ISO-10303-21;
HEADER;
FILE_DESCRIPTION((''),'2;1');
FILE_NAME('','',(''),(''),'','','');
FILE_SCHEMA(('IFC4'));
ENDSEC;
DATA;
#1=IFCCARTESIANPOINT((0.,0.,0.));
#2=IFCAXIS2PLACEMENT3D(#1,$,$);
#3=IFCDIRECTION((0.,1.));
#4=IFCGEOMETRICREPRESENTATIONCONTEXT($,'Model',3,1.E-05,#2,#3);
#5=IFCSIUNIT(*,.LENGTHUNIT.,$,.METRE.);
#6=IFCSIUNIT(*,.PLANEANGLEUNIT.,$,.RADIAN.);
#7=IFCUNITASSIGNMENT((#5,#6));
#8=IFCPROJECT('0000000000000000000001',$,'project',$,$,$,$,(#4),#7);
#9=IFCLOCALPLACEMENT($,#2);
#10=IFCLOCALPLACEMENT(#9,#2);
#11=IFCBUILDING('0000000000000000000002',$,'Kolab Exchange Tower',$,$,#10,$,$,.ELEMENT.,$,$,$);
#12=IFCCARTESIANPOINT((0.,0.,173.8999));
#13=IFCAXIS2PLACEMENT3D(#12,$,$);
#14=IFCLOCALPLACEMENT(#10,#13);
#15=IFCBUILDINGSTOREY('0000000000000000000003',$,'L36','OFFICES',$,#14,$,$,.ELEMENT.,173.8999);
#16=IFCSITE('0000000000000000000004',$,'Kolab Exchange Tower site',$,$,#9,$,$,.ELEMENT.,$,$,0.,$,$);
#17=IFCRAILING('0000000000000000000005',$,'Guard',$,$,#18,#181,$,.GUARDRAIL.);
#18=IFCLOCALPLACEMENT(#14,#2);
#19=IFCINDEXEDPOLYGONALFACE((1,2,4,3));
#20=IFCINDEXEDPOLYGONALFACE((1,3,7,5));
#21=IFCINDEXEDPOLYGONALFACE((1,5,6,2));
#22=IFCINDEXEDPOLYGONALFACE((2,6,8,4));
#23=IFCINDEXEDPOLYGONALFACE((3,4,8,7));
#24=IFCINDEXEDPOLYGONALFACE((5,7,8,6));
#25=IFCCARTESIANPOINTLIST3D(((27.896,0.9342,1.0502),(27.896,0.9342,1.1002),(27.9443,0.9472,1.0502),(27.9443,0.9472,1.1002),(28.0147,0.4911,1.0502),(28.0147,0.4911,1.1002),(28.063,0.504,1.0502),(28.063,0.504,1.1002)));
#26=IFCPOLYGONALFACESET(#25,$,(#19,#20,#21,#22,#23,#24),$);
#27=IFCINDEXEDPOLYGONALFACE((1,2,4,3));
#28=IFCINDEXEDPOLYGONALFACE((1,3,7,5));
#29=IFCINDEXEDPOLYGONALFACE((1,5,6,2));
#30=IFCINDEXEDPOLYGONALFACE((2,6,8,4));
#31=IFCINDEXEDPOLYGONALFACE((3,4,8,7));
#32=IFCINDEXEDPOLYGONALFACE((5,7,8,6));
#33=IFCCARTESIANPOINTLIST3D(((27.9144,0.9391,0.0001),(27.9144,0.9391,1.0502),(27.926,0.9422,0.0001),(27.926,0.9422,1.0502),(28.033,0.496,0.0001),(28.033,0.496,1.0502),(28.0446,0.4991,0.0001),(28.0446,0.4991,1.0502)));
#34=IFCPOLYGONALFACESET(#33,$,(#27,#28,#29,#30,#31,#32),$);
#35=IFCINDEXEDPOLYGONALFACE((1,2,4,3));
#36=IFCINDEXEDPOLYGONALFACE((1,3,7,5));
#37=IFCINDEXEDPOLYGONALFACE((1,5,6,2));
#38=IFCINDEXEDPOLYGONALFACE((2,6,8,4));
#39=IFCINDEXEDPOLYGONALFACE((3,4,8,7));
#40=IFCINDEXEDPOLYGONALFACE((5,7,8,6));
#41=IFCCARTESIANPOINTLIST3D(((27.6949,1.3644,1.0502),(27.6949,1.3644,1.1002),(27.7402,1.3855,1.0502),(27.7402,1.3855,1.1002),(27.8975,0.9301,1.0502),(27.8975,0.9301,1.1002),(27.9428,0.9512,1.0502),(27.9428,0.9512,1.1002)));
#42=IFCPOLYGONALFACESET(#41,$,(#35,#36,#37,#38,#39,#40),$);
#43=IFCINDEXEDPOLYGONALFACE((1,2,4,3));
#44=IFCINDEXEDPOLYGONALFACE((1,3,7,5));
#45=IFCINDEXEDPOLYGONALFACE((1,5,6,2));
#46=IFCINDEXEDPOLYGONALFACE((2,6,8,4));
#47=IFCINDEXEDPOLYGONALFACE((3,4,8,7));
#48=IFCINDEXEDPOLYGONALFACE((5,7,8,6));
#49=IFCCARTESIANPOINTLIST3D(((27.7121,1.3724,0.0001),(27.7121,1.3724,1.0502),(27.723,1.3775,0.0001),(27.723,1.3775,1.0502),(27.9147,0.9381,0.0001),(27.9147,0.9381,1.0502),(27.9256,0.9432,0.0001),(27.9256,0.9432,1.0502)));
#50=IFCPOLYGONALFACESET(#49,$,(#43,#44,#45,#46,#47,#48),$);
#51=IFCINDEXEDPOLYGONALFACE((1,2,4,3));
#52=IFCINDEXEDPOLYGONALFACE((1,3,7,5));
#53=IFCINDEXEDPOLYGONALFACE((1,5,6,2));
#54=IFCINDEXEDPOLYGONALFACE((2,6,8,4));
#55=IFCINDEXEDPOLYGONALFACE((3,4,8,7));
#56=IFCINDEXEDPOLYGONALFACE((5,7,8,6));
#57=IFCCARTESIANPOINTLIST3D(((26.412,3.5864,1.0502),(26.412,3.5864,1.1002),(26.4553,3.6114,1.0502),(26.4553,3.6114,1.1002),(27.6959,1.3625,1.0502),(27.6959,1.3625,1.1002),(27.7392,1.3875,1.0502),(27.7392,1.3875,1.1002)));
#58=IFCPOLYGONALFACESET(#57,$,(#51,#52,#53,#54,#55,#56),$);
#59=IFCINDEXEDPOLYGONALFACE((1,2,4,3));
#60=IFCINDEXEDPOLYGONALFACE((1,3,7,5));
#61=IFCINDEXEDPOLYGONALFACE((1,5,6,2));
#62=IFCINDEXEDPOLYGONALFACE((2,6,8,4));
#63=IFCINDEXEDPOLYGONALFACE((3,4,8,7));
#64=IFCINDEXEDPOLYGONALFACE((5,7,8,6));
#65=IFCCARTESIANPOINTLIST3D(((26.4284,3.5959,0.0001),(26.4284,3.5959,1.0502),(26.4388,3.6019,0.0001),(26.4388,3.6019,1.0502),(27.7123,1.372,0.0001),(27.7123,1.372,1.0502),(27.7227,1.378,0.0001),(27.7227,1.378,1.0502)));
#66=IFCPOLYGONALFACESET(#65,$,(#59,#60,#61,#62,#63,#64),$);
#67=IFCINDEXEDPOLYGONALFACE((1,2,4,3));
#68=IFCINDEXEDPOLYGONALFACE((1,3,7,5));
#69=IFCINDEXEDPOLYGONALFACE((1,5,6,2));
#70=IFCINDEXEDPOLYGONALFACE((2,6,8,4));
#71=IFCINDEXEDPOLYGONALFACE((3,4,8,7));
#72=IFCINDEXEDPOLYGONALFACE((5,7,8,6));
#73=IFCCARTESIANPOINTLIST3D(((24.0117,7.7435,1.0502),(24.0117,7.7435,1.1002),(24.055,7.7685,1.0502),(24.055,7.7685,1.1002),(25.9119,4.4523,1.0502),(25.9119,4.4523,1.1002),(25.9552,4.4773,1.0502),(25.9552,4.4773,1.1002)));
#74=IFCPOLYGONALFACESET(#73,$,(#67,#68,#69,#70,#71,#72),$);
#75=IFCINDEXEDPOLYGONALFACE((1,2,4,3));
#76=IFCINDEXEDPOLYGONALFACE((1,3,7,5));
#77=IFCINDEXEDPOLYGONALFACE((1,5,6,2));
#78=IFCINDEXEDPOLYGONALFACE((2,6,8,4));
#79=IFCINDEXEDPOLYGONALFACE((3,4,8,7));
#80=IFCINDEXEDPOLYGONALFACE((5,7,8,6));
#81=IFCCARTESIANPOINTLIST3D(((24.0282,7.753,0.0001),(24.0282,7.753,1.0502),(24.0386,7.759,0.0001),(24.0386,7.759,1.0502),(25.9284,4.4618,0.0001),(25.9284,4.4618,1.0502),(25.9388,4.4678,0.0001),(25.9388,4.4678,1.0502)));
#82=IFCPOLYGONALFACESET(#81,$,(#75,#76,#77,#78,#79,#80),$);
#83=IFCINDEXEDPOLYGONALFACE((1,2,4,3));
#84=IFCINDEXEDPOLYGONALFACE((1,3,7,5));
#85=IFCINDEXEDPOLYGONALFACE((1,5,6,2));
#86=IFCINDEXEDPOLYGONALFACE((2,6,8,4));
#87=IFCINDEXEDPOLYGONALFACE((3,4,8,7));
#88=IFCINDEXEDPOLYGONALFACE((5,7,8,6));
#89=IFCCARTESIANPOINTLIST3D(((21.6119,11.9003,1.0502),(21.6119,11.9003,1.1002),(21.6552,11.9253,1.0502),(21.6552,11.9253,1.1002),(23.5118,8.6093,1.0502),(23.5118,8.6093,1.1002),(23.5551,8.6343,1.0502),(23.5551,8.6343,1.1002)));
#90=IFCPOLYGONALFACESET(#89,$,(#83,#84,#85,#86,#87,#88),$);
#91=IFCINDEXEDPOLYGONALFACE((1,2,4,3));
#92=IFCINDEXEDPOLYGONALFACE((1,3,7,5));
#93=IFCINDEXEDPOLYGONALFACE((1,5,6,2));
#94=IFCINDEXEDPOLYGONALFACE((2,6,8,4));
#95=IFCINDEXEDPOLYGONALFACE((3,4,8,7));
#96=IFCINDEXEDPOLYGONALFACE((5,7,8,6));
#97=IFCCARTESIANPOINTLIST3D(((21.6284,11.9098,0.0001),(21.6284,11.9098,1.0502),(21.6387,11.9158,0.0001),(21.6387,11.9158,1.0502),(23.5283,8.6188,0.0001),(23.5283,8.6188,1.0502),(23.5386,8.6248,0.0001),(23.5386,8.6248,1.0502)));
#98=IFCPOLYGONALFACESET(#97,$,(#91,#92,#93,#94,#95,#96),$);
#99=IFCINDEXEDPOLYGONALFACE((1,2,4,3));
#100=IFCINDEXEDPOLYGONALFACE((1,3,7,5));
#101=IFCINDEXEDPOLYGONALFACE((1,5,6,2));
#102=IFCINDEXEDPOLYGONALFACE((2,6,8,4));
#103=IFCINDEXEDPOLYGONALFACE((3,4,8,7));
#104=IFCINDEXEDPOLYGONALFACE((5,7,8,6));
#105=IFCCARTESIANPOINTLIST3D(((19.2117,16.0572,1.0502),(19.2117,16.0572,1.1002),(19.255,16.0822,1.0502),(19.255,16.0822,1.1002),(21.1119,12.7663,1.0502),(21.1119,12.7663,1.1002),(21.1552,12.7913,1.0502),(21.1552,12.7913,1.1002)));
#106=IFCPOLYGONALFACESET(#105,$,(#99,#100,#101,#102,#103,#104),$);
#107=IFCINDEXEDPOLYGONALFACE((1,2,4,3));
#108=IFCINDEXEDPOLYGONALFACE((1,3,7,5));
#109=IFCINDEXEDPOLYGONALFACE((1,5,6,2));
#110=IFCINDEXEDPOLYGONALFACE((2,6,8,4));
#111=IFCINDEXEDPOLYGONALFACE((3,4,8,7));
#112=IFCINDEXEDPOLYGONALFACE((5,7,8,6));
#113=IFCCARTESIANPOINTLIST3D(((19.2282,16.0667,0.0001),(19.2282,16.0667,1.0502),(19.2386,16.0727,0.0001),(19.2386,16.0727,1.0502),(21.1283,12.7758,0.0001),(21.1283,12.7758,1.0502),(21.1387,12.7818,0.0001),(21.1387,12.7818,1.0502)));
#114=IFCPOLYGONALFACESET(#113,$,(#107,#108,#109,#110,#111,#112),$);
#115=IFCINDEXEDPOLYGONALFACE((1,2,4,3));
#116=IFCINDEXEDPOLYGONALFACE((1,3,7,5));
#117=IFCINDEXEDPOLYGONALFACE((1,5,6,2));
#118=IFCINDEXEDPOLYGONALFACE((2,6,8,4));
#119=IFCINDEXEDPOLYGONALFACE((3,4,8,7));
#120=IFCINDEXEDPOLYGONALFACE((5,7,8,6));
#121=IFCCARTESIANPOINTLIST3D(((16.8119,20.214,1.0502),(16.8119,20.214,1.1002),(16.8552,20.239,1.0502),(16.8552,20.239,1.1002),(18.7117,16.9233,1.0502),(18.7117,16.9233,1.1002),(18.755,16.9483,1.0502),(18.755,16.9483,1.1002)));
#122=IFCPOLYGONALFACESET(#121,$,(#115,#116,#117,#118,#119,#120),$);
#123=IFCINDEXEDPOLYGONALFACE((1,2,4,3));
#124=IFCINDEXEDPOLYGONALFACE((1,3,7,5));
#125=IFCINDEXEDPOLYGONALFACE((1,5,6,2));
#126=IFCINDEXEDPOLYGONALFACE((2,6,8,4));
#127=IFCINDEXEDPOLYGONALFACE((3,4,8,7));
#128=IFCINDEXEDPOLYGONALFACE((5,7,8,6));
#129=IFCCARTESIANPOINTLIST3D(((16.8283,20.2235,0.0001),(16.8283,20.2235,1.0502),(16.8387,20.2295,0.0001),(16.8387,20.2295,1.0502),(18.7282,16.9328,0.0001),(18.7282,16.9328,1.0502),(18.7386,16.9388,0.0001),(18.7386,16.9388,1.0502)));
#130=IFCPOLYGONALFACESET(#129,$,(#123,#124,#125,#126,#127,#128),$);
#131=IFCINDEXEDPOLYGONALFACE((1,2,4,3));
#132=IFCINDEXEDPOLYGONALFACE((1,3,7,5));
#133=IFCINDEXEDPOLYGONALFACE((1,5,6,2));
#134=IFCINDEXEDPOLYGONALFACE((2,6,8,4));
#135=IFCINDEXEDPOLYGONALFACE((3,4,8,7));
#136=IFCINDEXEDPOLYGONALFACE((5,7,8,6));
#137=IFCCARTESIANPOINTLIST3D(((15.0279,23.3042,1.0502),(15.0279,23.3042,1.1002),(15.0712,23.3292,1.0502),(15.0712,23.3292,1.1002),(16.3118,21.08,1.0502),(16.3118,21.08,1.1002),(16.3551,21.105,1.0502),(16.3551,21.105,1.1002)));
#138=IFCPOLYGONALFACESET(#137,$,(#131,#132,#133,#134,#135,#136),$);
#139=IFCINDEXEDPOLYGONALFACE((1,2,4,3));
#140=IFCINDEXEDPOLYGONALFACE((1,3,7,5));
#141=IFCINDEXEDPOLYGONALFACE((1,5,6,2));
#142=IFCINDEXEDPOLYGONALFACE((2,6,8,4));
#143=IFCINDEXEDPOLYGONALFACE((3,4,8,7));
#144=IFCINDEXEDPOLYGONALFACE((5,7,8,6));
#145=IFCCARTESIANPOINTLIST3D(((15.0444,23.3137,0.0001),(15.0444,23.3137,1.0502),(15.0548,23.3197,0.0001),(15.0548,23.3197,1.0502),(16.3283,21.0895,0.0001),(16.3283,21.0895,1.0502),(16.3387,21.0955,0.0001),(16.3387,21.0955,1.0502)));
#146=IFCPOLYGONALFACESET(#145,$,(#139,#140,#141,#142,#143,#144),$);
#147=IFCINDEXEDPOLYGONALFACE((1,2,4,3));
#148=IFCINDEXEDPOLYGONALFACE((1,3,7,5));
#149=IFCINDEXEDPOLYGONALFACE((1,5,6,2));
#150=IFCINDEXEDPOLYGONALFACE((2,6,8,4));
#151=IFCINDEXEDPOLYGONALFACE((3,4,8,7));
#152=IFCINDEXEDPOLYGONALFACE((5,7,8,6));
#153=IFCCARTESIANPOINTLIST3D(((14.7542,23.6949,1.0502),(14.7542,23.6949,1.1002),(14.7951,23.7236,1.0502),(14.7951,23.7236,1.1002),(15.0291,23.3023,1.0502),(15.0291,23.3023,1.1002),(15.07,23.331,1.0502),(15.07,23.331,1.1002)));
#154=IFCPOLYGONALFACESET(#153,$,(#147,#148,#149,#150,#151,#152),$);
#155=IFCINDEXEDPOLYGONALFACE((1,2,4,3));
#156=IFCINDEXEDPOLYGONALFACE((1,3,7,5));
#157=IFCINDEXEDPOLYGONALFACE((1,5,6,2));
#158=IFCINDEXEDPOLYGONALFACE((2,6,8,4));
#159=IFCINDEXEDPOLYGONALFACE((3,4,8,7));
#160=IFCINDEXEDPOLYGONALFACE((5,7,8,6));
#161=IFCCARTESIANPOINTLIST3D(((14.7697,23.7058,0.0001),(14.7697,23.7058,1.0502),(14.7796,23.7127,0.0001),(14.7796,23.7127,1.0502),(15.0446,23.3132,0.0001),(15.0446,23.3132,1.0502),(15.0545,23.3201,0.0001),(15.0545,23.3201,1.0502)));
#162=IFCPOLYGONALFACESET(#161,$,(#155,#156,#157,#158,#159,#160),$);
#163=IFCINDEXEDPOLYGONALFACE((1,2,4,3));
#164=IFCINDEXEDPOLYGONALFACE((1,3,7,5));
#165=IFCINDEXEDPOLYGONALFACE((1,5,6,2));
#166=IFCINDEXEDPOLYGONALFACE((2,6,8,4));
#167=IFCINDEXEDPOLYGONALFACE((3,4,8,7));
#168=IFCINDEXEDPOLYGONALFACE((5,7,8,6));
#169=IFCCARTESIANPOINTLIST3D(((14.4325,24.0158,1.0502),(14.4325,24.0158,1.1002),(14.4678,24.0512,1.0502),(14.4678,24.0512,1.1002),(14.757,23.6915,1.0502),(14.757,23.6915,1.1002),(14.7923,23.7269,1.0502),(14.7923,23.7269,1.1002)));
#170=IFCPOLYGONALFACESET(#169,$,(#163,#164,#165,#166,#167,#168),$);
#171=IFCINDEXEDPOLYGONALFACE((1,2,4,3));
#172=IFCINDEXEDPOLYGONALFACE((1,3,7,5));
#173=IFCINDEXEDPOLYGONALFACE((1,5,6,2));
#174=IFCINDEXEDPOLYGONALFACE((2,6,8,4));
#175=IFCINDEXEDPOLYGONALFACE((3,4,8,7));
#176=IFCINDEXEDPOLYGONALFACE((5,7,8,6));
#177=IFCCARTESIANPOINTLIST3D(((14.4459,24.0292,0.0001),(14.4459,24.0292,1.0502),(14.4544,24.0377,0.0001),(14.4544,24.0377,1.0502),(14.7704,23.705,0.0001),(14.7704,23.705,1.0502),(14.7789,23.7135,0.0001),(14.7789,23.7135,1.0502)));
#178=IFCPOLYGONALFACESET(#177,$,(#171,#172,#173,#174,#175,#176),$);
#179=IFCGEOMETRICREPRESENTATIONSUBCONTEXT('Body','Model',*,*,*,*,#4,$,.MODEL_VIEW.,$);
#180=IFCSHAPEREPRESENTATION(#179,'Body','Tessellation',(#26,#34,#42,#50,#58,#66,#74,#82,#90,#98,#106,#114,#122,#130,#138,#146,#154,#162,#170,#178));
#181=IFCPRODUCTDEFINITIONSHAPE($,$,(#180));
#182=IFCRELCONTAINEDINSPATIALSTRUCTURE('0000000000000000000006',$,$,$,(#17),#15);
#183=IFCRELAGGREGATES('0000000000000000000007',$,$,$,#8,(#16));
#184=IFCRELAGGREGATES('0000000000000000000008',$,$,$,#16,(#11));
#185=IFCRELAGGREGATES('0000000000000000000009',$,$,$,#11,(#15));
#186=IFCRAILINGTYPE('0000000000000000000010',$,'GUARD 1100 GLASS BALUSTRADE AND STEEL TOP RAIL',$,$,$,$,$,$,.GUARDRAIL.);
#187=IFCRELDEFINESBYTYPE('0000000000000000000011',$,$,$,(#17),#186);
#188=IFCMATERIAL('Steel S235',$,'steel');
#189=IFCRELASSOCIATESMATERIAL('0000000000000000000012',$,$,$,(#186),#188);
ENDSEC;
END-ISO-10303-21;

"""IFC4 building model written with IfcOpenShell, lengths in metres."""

from ifc_helpers import new_model, si_unit, direction, frame, frame_2d, origin, origin_2d, place, context, subcontext, project, spatial, rectangle, extrude, material, type_object, element, save


model = new_model("IFC4")

# Units and contexts
model_context = context("Model", 3, precision=1e-05, world=origin(), true_north=direction((0.0, 1.0)))
body_context = subcontext(model_context, "Body", "Model", "MODEL_VIEW")
ifc_project = project(units=[si_unit("LENGTHUNIT", "METRE"), si_unit("PLANEANGLEUNIT", "RADIAN")], contexts=[model_context])

# Site, building, storey
site_placement = place(None, origin())
site = spatial("IfcSite", under=ifc_project, at=site_placement, Name="Kolab Exchange Tower site", CompositionType="ELEMENT", RefElevation=0.0)
building_placement = place(site_placement, origin())
building = spatial("IfcBuilding", under=site, at=building_placement, Name="Kolab Exchange Tower", CompositionType="ELEMENT")
storey_placement = place(building_placement, frame((0.0, 0.0, 173.8999)))
storey = spatial("IfcBuildingStorey", under=building, at=storey_placement, Name="L36", Description="OFFICES", CompositionType="ELEMENT", Elevation=173.8999)

# Railing
ifc_material_1 = material(Name="Steel S235", Category="steel")
railing_type = type_object("IfcRailingType", Name="GUARD 1100 GLASS BALUSTRADE AND STEEL TOP RAIL", PredefinedType="GUARDRAIL", material=ifc_material_1)
railing_placement = place(storey_placement, frame((28.0388, 0.4976, 0.0)))
element("IfcRailing", 1, at=railing_placement, inside=storey, type_object=railing_type, Name="Guard", PredefinedType="GUARDRAIL", context=body_context, shape_type="SweptSolid", body=[
    extrude(rectangle(XDim=0.05, YDim=0.05, at=origin_2d()), frame((0.0, 0.0, 1.0752), z_axis=(-0.258656, 0.965969, 0.0), x_axis=(-0.965969, -0.258656, 0.0)), (0.0, 0.0, 1.0), 0.4587),
    extrude(rectangle(XDim=0.012, YDim=1.0501, at=frame_2d((0.0, 0.5251))), frame((0.0, 0.0, 0.0), z_axis=(-0.258656, 0.965969, 0.0), x_axis=(-0.965969, -0.258656, 0.0)), (0.0, 0.0, 1.0), 0.4587),
    extrude(rectangle(XDim=0.05, YDim=0.05, at=origin_2d()), frame((-0.1187, 0.4431, 1.0752), z_axis=(-0.422802, 0.906222, 0.0), x_axis=(-0.906222, -0.422802, 0.0)), (0.0, 0.0, 1.0), 0.4792),
    extrude(rectangle(XDim=0.012, YDim=1.0501, at=frame_2d((0.0, 0.5251))), frame((-0.1187, 0.4431, 0.0), z_axis=(-0.422802, 0.906222, 0.0), x_axis=(-0.906222, -0.422802, 0.0)), (0.0, 0.0, 1.0), 0.4792),
    extrude(rectangle(XDim=0.05, YDim=0.05, at=origin_2d()), frame((-0.3213, 0.8774, 1.0752), z_axis=(-0.499994, 0.866029, 0.0), x_axis=(-0.866029, -0.499994, 0.0)), (0.0, 0.0, 1.0), 2.5679),
    extrude(rectangle(XDim=0.012, YDim=1.0501, at=frame_2d((0.0, 0.5251))), frame((-0.3213, 0.8774, 0.0), z_axis=(-0.499994, 0.866029, 0.0), x_axis=(-0.866029, -0.499994, 0.0)), (0.0, 0.0, 1.0), 2.5679),
    extrude(rectangle(XDim=0.05, YDim=0.05, at=origin_2d()), frame((-2.1052, 3.9673, 1.0752), z_axis=(-0.500015, 0.866017, 0.0), x_axis=(-0.866017, -0.500015, 0.0)), (0.0, 0.0, 1.0), 3.8003),
    extrude(rectangle(XDim=0.012, YDim=1.0501, at=frame_2d((0.0, 0.5251))), frame((-2.1052, 3.9673, 0.0), z_axis=(-0.500015, 0.866017, 0.0), x_axis=(-0.866017, -0.500015, 0.0)), (0.0, 0.0, 1.0), 3.8003),
    extrude(rectangle(XDim=0.05, YDim=0.05, at=origin_2d()), frame((-4.5054, 8.1243, 1.0752), z_axis=(-0.499967, 0.866044, 0.0), x_axis=(-0.866044, -0.499967, 0.0)), (0.0, 0.0, 1.0), 3.8),
    extrude(rectangle(XDim=0.012, YDim=1.0501, at=frame_2d((0.0, 0.5251))), frame((-4.5054, 8.1243, 0.0), z_axis=(-0.499967, 0.866044, 0.0), x_axis=(-0.866044, -0.499967, 0.0)), (0.0, 0.0, 1.0), 3.8),
    extrude(rectangle(XDim=0.05, YDim=0.05, at=origin_2d()), frame((-6.9053, 12.2812, 1.0752), z_axis=(-0.500043, 0.866, 0.0), x_axis=(-0.866, -0.500043, 0.0)), (0.0, 0.0, 1.0), 3.8),
    extrude(rectangle(XDim=0.012, YDim=1.0501, at=frame_2d((0.0, 0.5251))), frame((-6.9053, 12.2812, 0.0), z_axis=(-0.500043, 0.866, 0.0), x_axis=(-0.866, -0.500043, 0.0)), (0.0, 0.0, 1.0), 3.8),
    extrude(rectangle(XDim=0.05, YDim=0.05, at=origin_2d()), frame((-9.3054, 16.4382, 1.0752), z_axis=(-0.499995, 0.866028, 0.0), x_axis=(-0.866028, -0.499995, 0.0)), (0.0, 0.0, 1.0), 3.7998),
    extrude(rectangle(XDim=0.012, YDim=1.0501, at=frame_2d((0.0, 0.5251))), frame((-9.3054, 16.4382, 0.0), z_axis=(-0.499995, 0.866028, 0.0), x_axis=(-0.866028, -0.499995, 0.0)), (0.0, 0.0, 1.0), 3.7998),
    extrude(rectangle(XDim=0.05, YDim=0.05, at=origin_2d()), frame((-11.7053, 20.595, 1.0752), z_axis=(-0.499953, 0.866053, 0.0), x_axis=(-0.866053, -0.499953, 0.0)), (0.0, 0.0, 1.0), 2.5681),
    extrude(rectangle(XDim=0.012, YDim=1.0501, at=frame_2d((0.0, 0.5251))), frame((-11.7053, 20.595, 0.0), z_axis=(-0.499953, 0.866053, 0.0), x_axis=(-0.866053, -0.499953, 0.0)), (0.0, 0.0, 1.0), 2.5681),
    extrude(rectangle(XDim=0.05, YDim=0.05, at=origin_2d()), frame((-12.9893, 22.8191, 1.0752), z_axis=(-0.573599, 0.819136, 0.0), x_axis=(-0.819136, -0.573599, 0.0)), (0.0, 0.0, 1.0), 0.4792),
    extrude(rectangle(XDim=0.012, YDim=1.0501, at=frame_2d((0.0, 0.5251))), frame((-12.9893, 22.8191, 0.0), z_axis=(-0.573599, 0.819136, 0.0), x_axis=(-0.819136, -0.573599, 0.0)), (0.0, 0.0, 1.0), 0.4792),
    extrude(rectangle(XDim=0.05, YDim=0.05, at=origin_2d()), frame((-13.2642, 23.2117, 1.0752), z_axis=(-0.707373, 0.706841, 0.0), x_axis=(-0.706841, -0.707373, 0.0)), (0.0, 0.0, 1.0), 0.4587),
    extrude(rectangle(XDim=0.012, YDim=1.0501, at=frame_2d((0.0, 0.5251))), frame((-13.2642, 23.2117, 0.0), z_axis=(-0.707373, 0.706841, 0.0), x_axis=(-0.706841, -0.707373, 0.0)), (0.0, 0.0, 1.0), 0.4587),
])

save(model, "model.ifc")
